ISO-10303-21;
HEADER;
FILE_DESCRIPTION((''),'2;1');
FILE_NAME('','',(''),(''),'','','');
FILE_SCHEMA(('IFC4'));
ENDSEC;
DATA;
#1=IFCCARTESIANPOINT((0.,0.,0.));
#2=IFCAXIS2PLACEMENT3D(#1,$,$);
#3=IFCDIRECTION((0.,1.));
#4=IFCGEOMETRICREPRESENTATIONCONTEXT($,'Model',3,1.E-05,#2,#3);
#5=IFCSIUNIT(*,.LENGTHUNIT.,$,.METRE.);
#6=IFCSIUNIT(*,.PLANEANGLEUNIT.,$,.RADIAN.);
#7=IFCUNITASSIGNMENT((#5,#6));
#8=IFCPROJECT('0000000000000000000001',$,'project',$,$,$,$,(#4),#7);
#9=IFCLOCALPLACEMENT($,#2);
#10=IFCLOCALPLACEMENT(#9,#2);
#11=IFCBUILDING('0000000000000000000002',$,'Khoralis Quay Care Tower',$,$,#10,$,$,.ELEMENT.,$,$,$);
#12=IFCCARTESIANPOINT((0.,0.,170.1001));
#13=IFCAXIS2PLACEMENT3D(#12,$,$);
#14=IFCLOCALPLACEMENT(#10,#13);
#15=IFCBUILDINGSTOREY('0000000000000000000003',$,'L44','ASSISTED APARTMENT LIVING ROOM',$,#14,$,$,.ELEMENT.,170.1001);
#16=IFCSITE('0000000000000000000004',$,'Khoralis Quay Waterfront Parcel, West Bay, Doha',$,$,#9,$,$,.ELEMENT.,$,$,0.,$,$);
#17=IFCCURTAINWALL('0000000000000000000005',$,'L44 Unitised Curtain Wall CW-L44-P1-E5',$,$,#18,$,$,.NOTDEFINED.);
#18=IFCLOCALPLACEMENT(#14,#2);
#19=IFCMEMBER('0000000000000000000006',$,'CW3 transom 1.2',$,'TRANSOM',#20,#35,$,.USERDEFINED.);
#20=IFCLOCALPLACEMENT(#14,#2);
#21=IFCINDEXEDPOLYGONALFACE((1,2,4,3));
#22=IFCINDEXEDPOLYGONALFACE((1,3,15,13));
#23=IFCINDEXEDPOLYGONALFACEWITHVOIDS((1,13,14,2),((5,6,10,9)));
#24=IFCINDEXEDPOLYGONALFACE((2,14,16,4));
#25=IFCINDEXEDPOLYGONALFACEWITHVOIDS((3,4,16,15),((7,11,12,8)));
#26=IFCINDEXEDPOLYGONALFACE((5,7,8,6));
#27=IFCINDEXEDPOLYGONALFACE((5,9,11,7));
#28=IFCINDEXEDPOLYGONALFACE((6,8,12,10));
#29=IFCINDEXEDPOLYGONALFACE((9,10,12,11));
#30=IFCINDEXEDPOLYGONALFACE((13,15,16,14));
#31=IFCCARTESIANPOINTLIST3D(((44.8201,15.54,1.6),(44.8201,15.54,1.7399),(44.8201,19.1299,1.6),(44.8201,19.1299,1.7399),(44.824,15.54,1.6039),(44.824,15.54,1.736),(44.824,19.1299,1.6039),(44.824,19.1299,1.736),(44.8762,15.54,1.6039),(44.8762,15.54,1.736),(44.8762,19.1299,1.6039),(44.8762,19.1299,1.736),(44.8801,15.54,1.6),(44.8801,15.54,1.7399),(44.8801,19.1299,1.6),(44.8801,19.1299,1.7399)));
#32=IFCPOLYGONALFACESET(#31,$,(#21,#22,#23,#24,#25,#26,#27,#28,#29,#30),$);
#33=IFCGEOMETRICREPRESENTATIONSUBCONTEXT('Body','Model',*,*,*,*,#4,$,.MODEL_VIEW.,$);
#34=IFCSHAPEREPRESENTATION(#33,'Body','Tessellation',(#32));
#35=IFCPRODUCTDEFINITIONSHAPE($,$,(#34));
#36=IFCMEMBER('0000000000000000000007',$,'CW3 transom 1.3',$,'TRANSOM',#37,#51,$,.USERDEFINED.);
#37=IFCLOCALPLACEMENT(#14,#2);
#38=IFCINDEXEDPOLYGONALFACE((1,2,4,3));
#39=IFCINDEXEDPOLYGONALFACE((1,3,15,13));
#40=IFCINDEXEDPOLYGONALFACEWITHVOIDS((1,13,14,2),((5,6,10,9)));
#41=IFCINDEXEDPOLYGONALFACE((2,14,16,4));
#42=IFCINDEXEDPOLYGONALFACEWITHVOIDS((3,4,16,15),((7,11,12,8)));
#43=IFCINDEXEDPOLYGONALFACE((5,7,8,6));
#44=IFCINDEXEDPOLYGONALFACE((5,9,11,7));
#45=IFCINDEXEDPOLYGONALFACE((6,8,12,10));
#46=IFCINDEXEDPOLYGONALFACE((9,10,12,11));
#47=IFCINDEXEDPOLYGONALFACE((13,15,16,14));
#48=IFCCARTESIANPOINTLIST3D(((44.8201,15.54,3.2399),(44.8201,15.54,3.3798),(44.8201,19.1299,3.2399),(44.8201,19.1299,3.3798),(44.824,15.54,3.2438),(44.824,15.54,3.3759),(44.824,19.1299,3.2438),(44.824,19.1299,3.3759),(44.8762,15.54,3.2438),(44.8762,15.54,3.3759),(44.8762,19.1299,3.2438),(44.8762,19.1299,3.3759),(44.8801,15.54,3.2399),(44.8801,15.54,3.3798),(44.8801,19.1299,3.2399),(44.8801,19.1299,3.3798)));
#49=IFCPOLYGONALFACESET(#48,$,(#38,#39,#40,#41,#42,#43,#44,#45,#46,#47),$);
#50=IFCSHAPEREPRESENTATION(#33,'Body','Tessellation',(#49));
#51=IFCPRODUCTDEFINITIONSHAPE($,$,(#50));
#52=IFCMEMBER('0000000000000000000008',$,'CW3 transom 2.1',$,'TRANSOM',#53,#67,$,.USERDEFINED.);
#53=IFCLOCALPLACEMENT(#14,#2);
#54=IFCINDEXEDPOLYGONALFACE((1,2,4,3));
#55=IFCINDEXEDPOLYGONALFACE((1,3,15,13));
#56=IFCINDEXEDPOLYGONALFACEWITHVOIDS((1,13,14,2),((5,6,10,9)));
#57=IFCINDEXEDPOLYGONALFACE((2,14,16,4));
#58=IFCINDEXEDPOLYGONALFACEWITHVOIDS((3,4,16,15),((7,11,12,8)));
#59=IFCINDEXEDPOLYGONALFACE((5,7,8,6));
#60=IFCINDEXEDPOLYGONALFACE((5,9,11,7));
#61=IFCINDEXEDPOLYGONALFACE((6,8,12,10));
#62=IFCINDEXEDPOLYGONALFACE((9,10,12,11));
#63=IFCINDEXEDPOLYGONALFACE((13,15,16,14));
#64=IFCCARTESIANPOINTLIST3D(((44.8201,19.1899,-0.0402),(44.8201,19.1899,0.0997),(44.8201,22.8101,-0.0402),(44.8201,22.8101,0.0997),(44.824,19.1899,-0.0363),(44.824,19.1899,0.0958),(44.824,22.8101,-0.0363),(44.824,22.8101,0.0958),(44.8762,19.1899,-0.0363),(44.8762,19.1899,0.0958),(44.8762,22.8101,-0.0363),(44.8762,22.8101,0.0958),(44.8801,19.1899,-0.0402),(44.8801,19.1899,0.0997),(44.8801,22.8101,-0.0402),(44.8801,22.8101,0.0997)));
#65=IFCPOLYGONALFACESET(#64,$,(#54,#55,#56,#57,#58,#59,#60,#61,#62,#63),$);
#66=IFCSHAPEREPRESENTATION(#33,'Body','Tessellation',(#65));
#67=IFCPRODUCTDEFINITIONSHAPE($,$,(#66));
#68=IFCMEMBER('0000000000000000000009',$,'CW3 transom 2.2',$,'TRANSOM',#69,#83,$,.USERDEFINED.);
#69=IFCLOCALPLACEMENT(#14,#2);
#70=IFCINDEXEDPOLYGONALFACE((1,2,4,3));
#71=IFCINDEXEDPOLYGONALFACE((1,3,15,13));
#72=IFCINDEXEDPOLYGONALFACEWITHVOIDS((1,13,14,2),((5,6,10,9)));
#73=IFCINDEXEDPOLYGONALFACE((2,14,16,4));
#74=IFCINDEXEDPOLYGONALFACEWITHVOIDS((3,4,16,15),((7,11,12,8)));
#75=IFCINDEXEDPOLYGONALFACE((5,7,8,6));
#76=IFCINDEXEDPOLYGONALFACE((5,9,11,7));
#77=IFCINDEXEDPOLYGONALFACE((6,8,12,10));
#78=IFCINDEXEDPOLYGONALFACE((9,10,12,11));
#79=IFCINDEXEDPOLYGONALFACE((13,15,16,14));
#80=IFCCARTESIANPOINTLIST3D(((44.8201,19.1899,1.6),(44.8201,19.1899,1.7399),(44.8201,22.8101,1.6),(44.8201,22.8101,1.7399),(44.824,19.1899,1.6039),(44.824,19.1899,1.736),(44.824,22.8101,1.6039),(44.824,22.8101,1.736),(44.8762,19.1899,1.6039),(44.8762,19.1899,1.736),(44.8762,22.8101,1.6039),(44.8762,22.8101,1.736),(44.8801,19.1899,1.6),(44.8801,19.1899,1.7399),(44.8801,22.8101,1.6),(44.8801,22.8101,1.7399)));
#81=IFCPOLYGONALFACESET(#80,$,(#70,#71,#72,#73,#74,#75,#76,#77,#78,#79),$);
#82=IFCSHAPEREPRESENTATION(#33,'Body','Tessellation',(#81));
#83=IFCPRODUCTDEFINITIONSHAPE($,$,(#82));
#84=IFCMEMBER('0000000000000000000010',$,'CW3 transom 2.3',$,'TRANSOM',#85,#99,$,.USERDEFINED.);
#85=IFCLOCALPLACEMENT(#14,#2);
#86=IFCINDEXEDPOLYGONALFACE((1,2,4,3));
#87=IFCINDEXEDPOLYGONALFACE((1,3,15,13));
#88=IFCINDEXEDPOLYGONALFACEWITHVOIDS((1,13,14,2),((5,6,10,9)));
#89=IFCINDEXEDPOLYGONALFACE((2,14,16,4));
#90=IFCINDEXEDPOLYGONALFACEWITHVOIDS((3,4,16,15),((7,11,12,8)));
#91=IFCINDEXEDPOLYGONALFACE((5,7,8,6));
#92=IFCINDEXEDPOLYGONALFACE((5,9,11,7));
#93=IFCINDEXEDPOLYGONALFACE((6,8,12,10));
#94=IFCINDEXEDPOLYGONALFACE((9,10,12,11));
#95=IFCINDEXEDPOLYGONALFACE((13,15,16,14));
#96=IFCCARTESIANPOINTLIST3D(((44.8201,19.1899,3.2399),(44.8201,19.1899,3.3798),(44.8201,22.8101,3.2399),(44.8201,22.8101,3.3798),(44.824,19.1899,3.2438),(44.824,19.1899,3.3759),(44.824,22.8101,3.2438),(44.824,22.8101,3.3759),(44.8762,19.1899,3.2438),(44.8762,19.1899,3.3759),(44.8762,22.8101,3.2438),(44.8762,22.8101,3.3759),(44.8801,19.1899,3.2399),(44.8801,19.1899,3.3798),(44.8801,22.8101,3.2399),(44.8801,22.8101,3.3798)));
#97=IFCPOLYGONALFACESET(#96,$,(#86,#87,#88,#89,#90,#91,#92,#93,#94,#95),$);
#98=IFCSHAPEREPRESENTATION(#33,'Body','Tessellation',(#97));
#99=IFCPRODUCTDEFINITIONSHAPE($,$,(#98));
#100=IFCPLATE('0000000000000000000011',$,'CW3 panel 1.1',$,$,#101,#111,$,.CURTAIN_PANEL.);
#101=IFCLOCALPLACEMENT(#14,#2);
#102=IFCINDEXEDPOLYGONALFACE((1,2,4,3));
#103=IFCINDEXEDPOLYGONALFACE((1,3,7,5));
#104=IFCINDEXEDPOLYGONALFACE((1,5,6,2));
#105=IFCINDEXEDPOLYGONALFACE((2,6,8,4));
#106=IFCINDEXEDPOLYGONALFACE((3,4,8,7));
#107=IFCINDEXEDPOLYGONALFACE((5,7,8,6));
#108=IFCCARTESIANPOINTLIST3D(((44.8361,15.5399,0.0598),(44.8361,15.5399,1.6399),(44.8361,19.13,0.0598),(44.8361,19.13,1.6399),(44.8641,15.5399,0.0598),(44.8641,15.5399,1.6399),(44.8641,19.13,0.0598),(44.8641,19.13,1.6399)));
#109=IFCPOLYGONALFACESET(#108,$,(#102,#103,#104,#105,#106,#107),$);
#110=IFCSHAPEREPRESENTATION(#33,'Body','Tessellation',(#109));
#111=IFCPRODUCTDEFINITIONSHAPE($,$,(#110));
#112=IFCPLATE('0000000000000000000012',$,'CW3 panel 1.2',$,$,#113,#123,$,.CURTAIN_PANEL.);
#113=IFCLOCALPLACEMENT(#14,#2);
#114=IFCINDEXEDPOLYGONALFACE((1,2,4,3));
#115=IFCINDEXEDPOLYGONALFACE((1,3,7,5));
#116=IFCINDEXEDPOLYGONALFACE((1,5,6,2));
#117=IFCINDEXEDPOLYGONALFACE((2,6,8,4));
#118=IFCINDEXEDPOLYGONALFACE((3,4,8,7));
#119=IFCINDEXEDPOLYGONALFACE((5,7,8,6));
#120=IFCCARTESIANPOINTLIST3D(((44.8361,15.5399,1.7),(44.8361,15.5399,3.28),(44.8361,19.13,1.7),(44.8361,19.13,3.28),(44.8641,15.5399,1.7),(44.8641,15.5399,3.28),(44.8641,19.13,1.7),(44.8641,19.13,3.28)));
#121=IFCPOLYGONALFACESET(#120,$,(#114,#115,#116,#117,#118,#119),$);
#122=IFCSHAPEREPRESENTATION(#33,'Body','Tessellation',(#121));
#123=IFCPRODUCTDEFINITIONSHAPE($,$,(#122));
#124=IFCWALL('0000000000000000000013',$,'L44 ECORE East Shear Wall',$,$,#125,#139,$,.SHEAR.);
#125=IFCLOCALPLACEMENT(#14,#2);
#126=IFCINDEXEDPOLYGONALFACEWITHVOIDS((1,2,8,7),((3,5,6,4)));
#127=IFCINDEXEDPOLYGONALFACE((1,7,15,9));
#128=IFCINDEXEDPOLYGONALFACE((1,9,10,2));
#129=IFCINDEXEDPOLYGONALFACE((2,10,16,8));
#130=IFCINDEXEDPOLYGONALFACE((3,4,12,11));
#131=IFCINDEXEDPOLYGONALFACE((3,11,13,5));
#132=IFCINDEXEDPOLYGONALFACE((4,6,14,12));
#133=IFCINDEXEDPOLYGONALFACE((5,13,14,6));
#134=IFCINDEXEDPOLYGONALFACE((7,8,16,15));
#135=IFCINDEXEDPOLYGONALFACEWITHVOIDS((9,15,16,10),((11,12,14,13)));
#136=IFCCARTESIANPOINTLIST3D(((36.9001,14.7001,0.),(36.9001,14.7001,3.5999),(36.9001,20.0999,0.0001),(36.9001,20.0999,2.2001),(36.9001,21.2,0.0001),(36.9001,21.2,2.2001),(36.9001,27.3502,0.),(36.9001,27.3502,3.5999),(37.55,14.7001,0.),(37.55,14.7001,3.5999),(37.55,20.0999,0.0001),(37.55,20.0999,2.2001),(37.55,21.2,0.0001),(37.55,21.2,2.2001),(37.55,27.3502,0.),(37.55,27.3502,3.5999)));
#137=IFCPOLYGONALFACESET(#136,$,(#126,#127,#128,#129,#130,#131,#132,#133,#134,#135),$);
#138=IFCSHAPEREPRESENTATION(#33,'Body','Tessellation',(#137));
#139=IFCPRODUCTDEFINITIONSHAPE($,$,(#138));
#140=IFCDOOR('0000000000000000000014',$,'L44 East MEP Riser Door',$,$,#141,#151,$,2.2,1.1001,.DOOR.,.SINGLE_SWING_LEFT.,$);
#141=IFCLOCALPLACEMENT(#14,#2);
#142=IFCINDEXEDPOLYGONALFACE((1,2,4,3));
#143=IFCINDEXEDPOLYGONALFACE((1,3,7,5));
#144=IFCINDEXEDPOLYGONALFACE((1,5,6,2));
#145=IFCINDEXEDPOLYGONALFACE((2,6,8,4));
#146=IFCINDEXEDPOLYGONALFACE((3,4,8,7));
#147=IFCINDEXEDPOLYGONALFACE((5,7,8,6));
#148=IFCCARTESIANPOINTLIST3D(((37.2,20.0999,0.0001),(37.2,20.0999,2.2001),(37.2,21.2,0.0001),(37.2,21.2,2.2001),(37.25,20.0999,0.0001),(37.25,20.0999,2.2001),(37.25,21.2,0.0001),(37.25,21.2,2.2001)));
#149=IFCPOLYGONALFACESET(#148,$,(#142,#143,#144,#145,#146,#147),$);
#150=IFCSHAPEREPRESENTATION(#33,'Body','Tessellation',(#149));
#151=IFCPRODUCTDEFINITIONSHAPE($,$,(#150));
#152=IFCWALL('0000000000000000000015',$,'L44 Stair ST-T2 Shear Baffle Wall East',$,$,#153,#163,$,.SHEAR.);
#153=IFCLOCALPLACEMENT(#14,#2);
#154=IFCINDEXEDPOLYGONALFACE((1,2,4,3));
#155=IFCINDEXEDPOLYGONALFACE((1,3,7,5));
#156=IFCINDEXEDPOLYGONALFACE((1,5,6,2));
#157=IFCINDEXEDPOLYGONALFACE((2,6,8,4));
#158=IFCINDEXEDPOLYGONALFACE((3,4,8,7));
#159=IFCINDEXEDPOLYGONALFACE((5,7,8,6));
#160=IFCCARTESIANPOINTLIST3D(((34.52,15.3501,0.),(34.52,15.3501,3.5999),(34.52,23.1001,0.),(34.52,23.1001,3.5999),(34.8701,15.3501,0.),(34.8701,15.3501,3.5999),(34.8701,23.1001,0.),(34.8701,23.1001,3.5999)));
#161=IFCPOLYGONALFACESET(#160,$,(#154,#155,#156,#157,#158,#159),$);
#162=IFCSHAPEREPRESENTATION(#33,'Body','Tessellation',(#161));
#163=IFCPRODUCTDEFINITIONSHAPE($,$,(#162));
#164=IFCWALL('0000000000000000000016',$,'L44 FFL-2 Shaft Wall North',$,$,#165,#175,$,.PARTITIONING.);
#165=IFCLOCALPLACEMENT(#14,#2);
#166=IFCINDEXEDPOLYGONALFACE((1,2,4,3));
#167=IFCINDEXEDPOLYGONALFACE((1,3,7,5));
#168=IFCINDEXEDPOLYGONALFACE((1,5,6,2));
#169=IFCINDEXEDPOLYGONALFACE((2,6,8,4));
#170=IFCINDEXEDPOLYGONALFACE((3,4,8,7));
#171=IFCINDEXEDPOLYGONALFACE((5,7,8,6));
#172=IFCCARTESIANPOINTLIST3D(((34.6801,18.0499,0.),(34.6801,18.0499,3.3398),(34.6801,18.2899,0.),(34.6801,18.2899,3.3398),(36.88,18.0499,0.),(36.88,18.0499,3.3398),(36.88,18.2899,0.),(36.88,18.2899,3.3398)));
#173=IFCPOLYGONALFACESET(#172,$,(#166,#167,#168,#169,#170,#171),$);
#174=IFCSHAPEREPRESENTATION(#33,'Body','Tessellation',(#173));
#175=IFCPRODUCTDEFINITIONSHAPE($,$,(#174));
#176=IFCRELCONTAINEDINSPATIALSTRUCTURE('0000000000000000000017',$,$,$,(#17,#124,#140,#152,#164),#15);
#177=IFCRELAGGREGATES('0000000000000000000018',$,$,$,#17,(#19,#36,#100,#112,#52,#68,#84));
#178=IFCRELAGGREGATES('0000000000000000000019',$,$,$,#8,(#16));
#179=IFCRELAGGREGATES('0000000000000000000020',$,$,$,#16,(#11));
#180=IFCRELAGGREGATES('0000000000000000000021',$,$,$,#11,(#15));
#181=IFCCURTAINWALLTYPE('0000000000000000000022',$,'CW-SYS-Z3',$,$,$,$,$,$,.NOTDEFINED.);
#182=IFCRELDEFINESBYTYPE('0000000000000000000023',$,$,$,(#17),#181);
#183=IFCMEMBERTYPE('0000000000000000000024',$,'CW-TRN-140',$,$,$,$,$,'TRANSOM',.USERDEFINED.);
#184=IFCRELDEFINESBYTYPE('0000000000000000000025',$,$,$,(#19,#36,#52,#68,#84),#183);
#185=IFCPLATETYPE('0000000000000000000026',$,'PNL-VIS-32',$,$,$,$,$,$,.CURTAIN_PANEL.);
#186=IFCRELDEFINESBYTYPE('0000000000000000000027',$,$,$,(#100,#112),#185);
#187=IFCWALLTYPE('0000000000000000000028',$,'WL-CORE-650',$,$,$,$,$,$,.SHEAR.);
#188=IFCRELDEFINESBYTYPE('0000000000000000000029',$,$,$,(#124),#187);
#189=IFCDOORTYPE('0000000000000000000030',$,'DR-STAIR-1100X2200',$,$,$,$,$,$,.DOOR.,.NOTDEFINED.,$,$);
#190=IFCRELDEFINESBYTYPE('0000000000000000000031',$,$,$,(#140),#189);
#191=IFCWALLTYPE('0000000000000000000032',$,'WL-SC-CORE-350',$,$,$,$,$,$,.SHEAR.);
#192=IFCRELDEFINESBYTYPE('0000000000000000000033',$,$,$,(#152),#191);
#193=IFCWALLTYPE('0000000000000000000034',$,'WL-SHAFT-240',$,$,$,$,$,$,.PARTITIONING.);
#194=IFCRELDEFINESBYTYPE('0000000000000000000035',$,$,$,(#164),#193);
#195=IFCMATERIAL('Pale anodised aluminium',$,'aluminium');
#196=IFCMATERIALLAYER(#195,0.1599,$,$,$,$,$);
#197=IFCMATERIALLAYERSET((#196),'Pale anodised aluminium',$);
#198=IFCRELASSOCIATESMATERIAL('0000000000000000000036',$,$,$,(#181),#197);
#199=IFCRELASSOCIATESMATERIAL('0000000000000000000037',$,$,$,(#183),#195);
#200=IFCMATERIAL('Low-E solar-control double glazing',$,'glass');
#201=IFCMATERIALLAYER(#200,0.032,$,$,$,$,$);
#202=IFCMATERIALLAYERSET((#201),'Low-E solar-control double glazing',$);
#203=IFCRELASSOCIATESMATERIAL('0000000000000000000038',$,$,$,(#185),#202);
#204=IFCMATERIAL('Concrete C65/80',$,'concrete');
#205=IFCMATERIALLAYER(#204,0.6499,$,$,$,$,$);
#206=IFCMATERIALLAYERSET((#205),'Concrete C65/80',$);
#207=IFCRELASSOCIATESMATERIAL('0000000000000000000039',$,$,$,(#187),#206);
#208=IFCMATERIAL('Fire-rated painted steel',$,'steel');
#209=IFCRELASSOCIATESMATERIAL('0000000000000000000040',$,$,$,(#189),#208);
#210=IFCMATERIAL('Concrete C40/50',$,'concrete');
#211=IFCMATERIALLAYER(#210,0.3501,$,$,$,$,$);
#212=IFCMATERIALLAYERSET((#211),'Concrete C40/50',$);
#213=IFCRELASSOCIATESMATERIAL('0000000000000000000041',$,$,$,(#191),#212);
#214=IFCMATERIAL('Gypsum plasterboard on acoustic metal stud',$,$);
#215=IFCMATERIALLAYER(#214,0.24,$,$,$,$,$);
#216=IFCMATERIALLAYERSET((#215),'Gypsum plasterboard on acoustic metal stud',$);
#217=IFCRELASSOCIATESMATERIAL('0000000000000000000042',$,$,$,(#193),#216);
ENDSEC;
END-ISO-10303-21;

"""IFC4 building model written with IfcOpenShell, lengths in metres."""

from ifc_helpers import new_model, si_unit, direction, frame, frame_2d, origin, origin_2d, place, context, subcontext, project, spatial, rectangle, hollow_rectangle, extrude, source, transform, mapped, material, layer, layer_set, material_profile, profile_set, type_object, element, fill, aggregate, save


model = new_model("IFC4")

# Units and contexts
model_context = context("Model", 3, precision=1e-05, world=origin(), true_north=direction((0.0, 1.0)))
body_context = subcontext(model_context, "Body", "Model", "MODEL_VIEW")
ifc_project = project(units=[si_unit("LENGTHUNIT", "METRE"), si_unit("PLANEANGLEUNIT", "RADIAN")], contexts=[model_context])

# Site, building, storey
site_placement = place(None, origin())
site = spatial("IfcSite", under=ifc_project, at=site_placement, Name="Khoralis Quay Waterfront Parcel, West Bay, Doha", CompositionType="ELEMENT", RefElevation=0.0)
building_placement = place(site_placement, origin())
building = spatial("IfcBuilding", under=site, at=building_placement, Name="Khoralis Quay Care Tower", CompositionType="ELEMENT")
storey_placement = place(building_placement, frame((0.0, 0.0, 170.1001)))
storey = spatial("IfcBuildingStorey", under=building, at=storey_placement, Name="L44", Description="ASSISTED APARTMENT LIVING ROOM", CompositionType="ELEMENT", Elevation=170.1001)

# Shared definitions
ifc_material_1 = material(Name="Concrete C65/80", Category="concrete")

# Curtain wall, members, plates
ifc_material_2 = material(Name="Pale anodised aluminium", Category="aluminium")
ifc_layer_1 = layer(ifc_material_2, 0.1599)
ifc_layer_set_1 = layer_set([ifc_layer_1], Name="Pale anodised aluminium")
curtain_wall_type = type_object("IfcCurtainWallType", Name="CW-SYS-Z3", PredefinedType="NOTDEFINED", material=ifc_layer_set_1)
curtain_wall_placement = place(storey_placement, origin())
curtain_wall = element("IfcCurtainWall", 1, at=curtain_wall_placement, inside=storey, type_object=curtain_wall_type, Name="L44 Unitised Curtain Wall CW-L44-P1-E5", PredefinedType="NOTDEFINED")
ifc_material_profile_1 = material_profile(ifc_material_2, hollow_rectangle(XDim=0.0601, YDim=0.1399, WallThickness=0.0039, at=origin_2d()), Name="Pale anodised aluminium")
ifc_profile_set_1 = profile_set([ifc_material_profile_1], Name="Pale anodised aluminium")
member_type_1 = type_object("IfcMemberType", Name="CW-TRN-140", ElementType="TRANSOM", PredefinedType="USERDEFINED", material=ifc_profile_set_1)
shared_shape_1 = source(origin(), body_context, "Body", "SweptSolid", [
    extrude(hollow_rectangle(XDim=0.0601, YDim=0.1399, WallThickness=0.0039, at=origin_2d()), origin(), (0.0, 0.0, 1.0), 3.5898),
])
member_1_placement = place(storey_placement, frame((44.8501, 15.54, 1.6699), z_axis=(0.0, 1.0, 0.0), x_axis=(-1.0, 0.0, 0.0)))
member_1 = element("IfcMember", 2, at=member_1_placement, type_object=member_type_1, Name="CW3 transom 1.2", ObjectType="TRANSOM", PredefinedType="USERDEFINED", context=body_context, shape_type="MappedRepresentation", body=[
    mapped(shared_shape_1, transform((0.0, 0.0, 0.0), scale=1.0)),
])
member_2_placement = place(storey_placement, frame((44.8501, 15.54, 3.3098), z_axis=(0.0, 1.0, 0.0), x_axis=(-1.0, 0.0, 0.0)))
member_2 = element("IfcMember", 3, at=member_2_placement, type_object=member_type_1, Name="CW3 transom 1.3", ObjectType="TRANSOM", PredefinedType="USERDEFINED", context=body_context, shape_type="MappedRepresentation", body=[
    mapped(shared_shape_1, transform((0.0, 0.0, 0.0), scale=1.0)),
])
shared_shape_2 = source(origin(), body_context, "Body", "SweptSolid", [
    extrude(hollow_rectangle(XDim=0.0601, YDim=0.1399, WallThickness=0.0039, at=origin_2d()), origin(), (0.0, 0.0, 1.0), 3.6201),
])
member_3_placement = place(storey_placement, frame((44.8501, 19.1899, 0.0298), z_axis=(0.0, 1.0, 0.0), x_axis=(-1.0, 0.0, 0.0)))
member_3 = element("IfcMember", 4, at=member_3_placement, type_object=member_type_1, Name="CW3 transom 2.1", ObjectType="TRANSOM", PredefinedType="USERDEFINED", context=body_context, shape_type="MappedRepresentation", body=[
    mapped(shared_shape_2, transform((0.0, 0.0, 0.0), scale=1.0)),
])
member_4_placement = place(storey_placement, frame((44.8501, 19.1899, 1.6699), z_axis=(0.0, 1.0, 0.0), x_axis=(-1.0, 0.0, 0.0)))
member_4 = element("IfcMember", 5, at=member_4_placement, type_object=member_type_1, Name="CW3 transom 2.2", ObjectType="TRANSOM", PredefinedType="USERDEFINED", context=body_context, shape_type="MappedRepresentation", body=[
    mapped(shared_shape_2, transform((0.0, 0.0, 0.0), scale=1.0)),
])
member_5_placement = place(storey_placement, frame((44.8501, 19.1899, 3.3098), z_axis=(0.0, 1.0, 0.0), x_axis=(-1.0, 0.0, 0.0)))
member_5 = element("IfcMember", 6, at=member_5_placement, type_object=member_type_1, Name="CW3 transom 2.3", ObjectType="TRANSOM", PredefinedType="USERDEFINED", context=body_context, shape_type="MappedRepresentation", body=[
    mapped(shared_shape_2, transform((0.0, 0.0, 0.0), scale=1.0)),
])
ifc_material_3 = material(Name="Low-E solar-control double glazing", Category="glass")
ifc_layer_2 = layer(ifc_material_3, 0.032)
ifc_layer_set_2 = layer_set([ifc_layer_2], Name="Low-E solar-control double glazing")
plate_type = type_object("IfcPlateType", Name="PNL-VIS-32", PredefinedType="CURTAIN_PANEL", material=ifc_layer_set_2)
shared_shape_3 = source(origin(), body_context, "Body", "SweptSolid", [
    extrude(rectangle(XDim=3.5901, YDim=0.0281, at=origin_2d()), origin(), (0.0, 0.0, 1.0), 1.5801),
])
plate_1_placement = place(storey_placement, frame((44.8501, 17.335, 0.0598), z_axis=(0.0, 0.0, 1.0), x_axis=(0.0, 1.0, 0.0)))
plate_1 = element("IfcPlate", 7, at=plate_1_placement, type_object=plate_type, Name="CW3 panel 1.1", PredefinedType="CURTAIN_PANEL", context=body_context, shape_type="MappedRepresentation", body=[
    mapped(shared_shape_3, transform((0.0, 0.0, 0.0), scale=1.0)),
])
plate_2_placement = place(storey_placement, frame((44.8501, 17.335, 1.7), z_axis=(0.0, 0.0, 1.0), x_axis=(0.0, 1.0, 0.0)))
plate_2 = element("IfcPlate", 8, at=plate_2_placement, type_object=plate_type, Name="CW3 panel 1.2", PredefinedType="CURTAIN_PANEL", context=body_context, shape_type="MappedRepresentation", body=[
    mapped(shared_shape_3, transform((0.0, 0.0, 0.0), scale=1.0)),
])
aggregate(curtain_wall, [member_1, member_2, plate_1, plate_2, member_3, member_4, member_5])

# Wall, opening, door
ifc_layer_3 = layer(ifc_material_1, 0.6499)
ifc_layer_set_3 = layer_set([ifc_layer_3], Name="Concrete C65/80")
wall_type_1 = type_object("IfcWallType", Name="WL-CORE-650", PredefinedType="SHEAR", material=ifc_layer_set_3)
wall_1_placement = place(storey_placement, frame((37.2251, 14.7, 0.0), z_axis=(0.0, 0.0, 1.0), x_axis=(0.0, 1.0, 0.0)))
wall_1 = element("IfcWall", 9, at=wall_1_placement, inside=storey, type_object=wall_type_1, Name="L44 ECORE East Shear Wall", PredefinedType="SHEAR", context=body_context, shape_type="SweptSolid", body=[
    extrude(rectangle(XDim=12.6501, YDim=0.6499, at=frame_2d((6.3252, 0.0))), origin(), (0.0, 0.0, 1.0), 3.5999),
])
opening_placement = place(wall_1_placement, frame((5.3999, 0.0, 0.0)))
opening = element("IfcOpeningElement", 10, at=opening_placement, cuts=wall_1, PredefinedType="OPENING", context=body_context, shape_type="SweptSolid", body=[
    extrude(rectangle(XDim=1.1001, YDim=2.2, at=frame_2d((0.55, 1.1001))), frame((0.0, 0.335, 0.0), z_axis=(0.0, -1.0, 0.0), x_axis=(1.0, 0.0, 0.0)), (0.0, 0.0, 1.0), 0.6699),
])
ifc_material_4 = material(Name="Fire-rated painted steel", Category="steel")
door_type = type_object("IfcDoorType", Name="DR-STAIR-1100X2200", OperationType="NOTDEFINED", PredefinedType="DOOR", material=ifc_material_4)
shared_shape_4 = source(origin(), body_context, "Body", "SweptSolid", [
    extrude(rectangle(XDim=1.1001, YDim=2.2, at=frame_2d((0.55, 1.1001))), frame((0.0, 0.0249, 0.0), z_axis=(0.0, -1.0, 0.0), x_axis=(1.0, 0.0, 0.0)), (0.0, 0.0, 1.0), 0.05),
])
door_placement = place(opening_placement, frame((1.1001, 0.0, 0.0), z_axis=(0.0, 0.0, 1.0), x_axis=(-1.0, 0.0, 0.0)))
door = element("IfcDoor", 11, at=door_placement, inside=storey, type_object=door_type, Name="L44 East MEP Riser Door", OperationType="SINGLE_SWING_LEFT", OverallHeight=2.2, OverallWidth=1.1001, PredefinedType="DOOR", context=body_context, shape_type="MappedRepresentation", body=[
    mapped(shared_shape_4, transform((0.0, 0.0, 0.0), scale=1.0)),
])
fill(opening, door)

# Walls
ifc_material_5 = material(Name="Concrete C40/50", Category="concrete")
ifc_layer_4 = layer(ifc_material_5, 0.3501)
ifc_layer_set_4 = layer_set([ifc_layer_4], Name="Concrete C40/50")
wall_type_2 = type_object("IfcWallType", Name="WL-SC-CORE-350", PredefinedType="SHEAR", material=ifc_layer_set_4)
wall_2_placement = place(storey_placement, frame((34.6951, 15.3501, 0.0), z_axis=(0.0, 0.0, 1.0), x_axis=(0.0, 1.0, 0.0)))
element("IfcWall", 12, at=wall_2_placement, inside=storey, type_object=wall_type_2, Name="L44 Stair ST-T2 Shear Baffle Wall East", PredefinedType="SHEAR", context=body_context, shape_type="SweptSolid", body=[
    extrude(rectangle(XDim=7.75, YDim=0.3501, at=frame_2d((3.875, 0.0))), origin(), (0.0, 0.0, 1.0), 3.5999),
])
ifc_material_6 = material(Name="Gypsum plasterboard on acoustic metal stud")
ifc_layer_5 = layer(ifc_material_6, 0.24)
ifc_layer_set_5 = layer_set([ifc_layer_5], Name="Gypsum plasterboard on acoustic metal stud")
wall_type_3 = type_object("IfcWallType", Name="WL-SHAFT-240", PredefinedType="PARTITIONING", material=ifc_layer_set_5)
wall_3_placement = place(storey_placement, frame((34.6799, 18.1699, 0.0), z_axis=(0.0, 0.0, 1.0), x_axis=(1.0, 0.0, 0.0)))
element("IfcWall", 13, at=wall_3_placement, inside=storey, type_object=wall_type_3, Name="L44 FFL-2 Shaft Wall North", PredefinedType="PARTITIONING", context=body_context, shape_type="SweptSolid", body=[
    extrude(rectangle(XDim=2.2, YDim=0.24, at=frame_2d((1.1001, 0.0))), origin(), (0.0, 0.0, 1.0), 3.3398),
])

save(model, "model.ifc")
